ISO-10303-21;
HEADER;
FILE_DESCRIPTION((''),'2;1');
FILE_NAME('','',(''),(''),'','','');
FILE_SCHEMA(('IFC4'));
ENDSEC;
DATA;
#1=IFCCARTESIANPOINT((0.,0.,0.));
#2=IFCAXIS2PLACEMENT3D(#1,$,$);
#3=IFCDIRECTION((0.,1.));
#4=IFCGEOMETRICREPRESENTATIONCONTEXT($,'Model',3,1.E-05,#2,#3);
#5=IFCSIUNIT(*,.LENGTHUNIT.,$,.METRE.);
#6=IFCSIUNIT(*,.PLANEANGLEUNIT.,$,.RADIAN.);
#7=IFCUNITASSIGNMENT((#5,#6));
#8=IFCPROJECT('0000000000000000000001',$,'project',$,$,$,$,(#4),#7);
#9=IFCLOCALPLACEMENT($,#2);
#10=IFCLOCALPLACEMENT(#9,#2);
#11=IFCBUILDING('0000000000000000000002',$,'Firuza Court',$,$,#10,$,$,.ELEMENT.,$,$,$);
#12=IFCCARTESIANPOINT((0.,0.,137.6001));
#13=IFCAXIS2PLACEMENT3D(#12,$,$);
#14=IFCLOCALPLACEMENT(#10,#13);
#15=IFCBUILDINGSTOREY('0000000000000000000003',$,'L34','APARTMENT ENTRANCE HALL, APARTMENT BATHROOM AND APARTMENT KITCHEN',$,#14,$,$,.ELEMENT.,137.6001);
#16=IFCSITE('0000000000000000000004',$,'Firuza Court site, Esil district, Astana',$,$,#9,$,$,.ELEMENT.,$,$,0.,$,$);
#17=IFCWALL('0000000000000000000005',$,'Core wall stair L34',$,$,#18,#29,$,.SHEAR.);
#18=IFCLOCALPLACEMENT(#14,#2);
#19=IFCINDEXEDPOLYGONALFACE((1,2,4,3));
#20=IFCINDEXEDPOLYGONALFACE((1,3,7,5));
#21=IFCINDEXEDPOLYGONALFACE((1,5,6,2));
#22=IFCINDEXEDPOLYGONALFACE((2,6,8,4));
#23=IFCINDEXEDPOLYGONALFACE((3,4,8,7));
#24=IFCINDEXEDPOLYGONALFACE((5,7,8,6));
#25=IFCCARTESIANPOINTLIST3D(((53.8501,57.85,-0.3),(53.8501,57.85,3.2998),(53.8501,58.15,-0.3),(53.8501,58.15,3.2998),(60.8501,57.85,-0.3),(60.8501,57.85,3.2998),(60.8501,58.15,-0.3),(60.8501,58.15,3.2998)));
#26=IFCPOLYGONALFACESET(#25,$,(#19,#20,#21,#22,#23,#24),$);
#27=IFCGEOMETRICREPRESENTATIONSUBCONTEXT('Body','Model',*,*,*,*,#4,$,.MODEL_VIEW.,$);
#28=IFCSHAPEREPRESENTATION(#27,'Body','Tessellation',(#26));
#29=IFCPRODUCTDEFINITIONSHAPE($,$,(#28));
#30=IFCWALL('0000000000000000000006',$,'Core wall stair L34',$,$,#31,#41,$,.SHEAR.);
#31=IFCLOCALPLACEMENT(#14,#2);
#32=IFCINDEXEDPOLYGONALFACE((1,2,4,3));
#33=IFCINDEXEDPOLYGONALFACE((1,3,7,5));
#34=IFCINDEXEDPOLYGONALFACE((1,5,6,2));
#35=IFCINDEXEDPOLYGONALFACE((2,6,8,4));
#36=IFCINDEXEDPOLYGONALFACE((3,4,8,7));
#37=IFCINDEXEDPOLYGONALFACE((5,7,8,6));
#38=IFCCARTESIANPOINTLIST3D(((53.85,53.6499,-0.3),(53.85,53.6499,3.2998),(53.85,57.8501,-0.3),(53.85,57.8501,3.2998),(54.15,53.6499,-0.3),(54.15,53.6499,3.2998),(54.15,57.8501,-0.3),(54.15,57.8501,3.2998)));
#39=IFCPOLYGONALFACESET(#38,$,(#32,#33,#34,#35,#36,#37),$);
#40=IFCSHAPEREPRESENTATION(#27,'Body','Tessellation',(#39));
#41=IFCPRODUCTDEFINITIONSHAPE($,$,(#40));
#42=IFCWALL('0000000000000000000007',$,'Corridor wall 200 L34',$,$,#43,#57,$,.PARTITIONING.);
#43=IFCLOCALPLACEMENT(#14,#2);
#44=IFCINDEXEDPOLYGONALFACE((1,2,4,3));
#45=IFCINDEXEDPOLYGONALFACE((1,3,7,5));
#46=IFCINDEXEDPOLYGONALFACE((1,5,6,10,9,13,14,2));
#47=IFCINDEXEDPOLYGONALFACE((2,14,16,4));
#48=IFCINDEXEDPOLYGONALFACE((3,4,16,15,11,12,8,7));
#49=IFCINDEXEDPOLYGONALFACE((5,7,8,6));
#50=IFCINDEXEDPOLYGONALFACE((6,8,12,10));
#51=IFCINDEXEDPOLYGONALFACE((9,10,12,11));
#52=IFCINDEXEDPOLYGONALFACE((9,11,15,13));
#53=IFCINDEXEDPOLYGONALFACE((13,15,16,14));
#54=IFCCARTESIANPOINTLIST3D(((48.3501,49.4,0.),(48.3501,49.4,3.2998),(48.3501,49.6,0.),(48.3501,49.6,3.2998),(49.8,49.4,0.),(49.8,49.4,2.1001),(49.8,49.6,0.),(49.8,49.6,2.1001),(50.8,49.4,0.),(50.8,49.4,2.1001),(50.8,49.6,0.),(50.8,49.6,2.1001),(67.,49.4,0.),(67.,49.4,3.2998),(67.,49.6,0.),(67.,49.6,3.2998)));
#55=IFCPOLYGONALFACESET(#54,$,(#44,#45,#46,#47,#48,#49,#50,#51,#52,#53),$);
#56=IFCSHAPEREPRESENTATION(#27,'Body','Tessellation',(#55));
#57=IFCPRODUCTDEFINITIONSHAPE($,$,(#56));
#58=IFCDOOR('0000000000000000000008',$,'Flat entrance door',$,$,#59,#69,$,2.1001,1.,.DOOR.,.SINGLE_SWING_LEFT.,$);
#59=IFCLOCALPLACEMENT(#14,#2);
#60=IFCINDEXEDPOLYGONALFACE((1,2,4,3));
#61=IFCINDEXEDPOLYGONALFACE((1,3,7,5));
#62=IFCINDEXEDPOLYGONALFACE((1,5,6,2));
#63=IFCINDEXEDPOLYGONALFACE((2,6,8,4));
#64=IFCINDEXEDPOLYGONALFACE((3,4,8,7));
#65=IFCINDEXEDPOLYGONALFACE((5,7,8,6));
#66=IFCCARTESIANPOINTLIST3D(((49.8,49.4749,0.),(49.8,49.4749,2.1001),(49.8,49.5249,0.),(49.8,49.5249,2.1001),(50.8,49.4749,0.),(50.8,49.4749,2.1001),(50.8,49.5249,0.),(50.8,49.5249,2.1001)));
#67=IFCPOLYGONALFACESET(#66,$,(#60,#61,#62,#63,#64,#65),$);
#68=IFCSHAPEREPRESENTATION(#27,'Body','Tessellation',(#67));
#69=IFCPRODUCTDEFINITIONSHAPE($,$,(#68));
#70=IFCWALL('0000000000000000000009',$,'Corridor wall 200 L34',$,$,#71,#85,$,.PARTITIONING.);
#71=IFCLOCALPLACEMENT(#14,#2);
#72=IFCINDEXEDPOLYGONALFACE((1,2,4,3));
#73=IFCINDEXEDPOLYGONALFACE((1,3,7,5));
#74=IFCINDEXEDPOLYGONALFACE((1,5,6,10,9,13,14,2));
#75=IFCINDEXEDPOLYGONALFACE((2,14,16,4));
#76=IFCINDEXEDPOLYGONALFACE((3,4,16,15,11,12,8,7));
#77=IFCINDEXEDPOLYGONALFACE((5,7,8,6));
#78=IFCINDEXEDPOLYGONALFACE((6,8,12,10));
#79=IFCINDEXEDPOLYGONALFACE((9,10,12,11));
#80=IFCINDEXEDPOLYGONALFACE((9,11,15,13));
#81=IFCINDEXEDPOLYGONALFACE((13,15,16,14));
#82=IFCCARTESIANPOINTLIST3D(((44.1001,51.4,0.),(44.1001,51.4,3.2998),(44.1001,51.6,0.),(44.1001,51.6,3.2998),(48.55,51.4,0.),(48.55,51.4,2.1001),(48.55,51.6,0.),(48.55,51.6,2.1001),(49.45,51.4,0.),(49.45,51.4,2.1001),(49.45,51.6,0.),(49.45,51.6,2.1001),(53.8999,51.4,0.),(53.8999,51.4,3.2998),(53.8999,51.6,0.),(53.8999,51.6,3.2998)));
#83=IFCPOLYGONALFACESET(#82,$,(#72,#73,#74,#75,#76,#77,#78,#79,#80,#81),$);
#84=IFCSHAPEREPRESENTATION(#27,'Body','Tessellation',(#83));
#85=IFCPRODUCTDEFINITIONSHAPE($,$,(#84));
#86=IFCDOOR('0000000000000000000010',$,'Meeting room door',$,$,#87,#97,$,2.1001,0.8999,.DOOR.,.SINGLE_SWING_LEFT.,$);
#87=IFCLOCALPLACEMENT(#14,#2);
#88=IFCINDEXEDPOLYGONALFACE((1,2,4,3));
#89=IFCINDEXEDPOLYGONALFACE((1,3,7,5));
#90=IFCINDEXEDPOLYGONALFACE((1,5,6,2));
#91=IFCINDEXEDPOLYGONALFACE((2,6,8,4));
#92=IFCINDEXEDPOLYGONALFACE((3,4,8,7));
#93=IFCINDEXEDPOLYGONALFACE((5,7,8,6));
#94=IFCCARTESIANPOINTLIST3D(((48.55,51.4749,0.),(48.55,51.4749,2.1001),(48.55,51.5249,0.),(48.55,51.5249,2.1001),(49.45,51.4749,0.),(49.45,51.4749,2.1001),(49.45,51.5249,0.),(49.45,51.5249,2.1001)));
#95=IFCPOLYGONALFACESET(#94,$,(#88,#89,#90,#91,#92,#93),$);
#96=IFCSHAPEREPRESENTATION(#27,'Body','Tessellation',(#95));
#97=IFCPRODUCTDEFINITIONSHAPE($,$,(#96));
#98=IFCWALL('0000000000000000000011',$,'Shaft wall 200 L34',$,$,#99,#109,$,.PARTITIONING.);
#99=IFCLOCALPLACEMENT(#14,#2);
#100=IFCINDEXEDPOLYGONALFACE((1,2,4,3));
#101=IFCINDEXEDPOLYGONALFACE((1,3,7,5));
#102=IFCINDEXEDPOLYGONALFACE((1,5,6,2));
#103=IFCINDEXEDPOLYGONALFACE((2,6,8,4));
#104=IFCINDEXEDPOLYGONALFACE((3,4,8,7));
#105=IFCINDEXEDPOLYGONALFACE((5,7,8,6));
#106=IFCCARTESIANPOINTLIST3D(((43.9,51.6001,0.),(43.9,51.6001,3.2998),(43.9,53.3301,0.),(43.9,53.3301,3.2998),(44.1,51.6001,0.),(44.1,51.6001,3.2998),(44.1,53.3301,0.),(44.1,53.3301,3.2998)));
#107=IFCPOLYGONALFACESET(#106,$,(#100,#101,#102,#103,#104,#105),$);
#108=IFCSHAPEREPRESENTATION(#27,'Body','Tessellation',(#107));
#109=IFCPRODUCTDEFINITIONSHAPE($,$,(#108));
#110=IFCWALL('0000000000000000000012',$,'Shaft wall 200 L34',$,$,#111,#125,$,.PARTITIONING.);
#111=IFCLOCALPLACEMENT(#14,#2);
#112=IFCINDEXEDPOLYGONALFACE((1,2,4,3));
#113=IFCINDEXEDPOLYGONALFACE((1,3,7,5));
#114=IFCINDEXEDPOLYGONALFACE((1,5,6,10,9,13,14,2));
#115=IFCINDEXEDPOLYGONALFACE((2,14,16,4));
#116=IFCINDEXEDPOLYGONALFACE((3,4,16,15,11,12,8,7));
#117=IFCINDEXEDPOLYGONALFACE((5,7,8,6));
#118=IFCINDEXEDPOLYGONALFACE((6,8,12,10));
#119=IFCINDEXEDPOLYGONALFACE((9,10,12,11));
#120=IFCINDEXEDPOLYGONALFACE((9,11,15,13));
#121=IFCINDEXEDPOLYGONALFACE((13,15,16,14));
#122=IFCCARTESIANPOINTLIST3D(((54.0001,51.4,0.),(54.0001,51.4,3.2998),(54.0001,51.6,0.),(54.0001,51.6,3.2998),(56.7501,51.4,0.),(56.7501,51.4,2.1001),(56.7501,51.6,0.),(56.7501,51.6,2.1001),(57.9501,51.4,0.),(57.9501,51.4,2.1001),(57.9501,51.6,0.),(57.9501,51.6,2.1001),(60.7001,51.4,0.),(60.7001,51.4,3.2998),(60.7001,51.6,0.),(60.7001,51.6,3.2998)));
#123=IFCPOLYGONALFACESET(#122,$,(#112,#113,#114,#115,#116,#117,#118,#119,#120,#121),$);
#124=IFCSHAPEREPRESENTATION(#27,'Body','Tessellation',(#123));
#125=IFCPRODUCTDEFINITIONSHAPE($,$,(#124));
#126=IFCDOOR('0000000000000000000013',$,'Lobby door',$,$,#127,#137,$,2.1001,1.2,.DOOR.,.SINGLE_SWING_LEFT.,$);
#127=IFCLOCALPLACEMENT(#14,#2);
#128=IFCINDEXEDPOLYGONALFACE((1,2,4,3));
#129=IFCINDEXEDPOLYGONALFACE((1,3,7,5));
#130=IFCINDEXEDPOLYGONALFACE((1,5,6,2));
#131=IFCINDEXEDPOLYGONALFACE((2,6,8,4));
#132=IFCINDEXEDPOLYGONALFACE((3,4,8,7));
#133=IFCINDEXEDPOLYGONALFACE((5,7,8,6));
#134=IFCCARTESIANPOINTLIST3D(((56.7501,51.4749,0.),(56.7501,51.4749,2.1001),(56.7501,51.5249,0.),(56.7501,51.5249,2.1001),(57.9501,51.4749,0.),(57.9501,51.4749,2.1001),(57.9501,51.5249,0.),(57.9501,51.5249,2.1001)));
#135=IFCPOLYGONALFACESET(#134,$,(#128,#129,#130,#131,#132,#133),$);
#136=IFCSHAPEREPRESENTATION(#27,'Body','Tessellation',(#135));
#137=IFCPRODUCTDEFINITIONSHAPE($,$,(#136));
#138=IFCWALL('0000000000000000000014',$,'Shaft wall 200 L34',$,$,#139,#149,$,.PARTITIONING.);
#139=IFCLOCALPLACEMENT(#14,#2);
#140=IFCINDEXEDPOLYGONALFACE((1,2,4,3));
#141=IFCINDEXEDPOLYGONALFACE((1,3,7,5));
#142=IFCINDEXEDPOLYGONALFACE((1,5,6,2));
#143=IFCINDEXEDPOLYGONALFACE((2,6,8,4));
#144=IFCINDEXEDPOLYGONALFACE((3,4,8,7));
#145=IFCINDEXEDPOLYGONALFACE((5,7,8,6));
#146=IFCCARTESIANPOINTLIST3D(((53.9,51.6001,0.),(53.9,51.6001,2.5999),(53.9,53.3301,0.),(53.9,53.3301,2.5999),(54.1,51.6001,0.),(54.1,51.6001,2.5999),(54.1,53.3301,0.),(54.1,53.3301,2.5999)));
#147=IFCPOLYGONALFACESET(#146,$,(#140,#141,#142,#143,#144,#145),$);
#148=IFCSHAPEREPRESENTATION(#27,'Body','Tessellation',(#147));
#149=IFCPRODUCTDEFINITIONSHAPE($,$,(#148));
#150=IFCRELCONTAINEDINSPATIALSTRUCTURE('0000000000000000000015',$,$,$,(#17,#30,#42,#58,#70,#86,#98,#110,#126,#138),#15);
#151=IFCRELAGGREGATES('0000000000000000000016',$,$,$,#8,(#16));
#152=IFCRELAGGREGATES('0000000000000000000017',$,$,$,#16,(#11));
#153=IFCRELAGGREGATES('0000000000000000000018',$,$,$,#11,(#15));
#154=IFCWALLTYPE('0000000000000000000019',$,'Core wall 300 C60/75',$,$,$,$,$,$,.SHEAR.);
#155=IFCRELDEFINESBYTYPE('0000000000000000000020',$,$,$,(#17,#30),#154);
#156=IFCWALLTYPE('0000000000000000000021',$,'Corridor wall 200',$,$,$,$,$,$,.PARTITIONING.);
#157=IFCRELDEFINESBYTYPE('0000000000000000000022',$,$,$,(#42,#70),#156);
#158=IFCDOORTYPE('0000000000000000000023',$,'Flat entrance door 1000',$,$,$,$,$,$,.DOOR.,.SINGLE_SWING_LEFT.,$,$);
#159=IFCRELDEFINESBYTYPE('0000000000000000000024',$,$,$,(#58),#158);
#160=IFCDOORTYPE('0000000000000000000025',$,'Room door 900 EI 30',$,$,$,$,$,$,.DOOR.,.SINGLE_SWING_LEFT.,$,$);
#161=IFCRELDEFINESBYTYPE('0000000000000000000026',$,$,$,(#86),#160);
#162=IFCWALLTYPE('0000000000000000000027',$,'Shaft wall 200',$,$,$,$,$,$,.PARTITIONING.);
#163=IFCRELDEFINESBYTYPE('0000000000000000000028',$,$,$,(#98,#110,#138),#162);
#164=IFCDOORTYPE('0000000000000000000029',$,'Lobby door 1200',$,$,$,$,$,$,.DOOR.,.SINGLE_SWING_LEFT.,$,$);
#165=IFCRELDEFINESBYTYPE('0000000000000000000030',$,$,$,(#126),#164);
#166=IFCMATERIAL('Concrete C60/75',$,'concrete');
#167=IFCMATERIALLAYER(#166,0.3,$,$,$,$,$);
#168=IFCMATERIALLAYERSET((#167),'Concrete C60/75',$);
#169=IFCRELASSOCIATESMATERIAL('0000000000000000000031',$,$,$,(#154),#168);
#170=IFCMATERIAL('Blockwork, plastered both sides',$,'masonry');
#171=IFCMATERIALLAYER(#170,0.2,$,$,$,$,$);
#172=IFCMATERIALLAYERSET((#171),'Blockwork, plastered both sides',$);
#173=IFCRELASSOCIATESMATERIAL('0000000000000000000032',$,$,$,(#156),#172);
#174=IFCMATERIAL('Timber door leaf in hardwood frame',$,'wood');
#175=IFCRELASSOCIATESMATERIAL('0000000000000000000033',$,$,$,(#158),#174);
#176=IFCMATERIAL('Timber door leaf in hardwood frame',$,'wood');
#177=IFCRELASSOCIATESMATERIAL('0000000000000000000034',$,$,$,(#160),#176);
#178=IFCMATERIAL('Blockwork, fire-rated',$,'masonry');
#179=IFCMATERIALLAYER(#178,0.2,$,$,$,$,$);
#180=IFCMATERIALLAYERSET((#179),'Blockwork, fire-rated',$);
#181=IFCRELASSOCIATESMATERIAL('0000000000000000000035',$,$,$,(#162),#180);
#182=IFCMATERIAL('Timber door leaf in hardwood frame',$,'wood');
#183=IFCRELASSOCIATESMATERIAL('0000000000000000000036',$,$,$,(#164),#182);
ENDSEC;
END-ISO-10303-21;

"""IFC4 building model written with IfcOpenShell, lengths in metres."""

from ifc_helpers import new_model, si_unit, direction, frame, frame_2d, origin, place, context, subcontext, project, spatial, rectangle, extrude, material, layer, layer_set, type_object, element, fill, save


model = new_model("IFC4")

# Units and contexts
model_context = context("Model", 3, precision=1e-05, world=origin(), true_north=direction((0.0, 1.0)))
body_context = subcontext(model_context, "Body", "Model", "MODEL_VIEW")
ifc_project = project(units=[si_unit("LENGTHUNIT", "METRE"), si_unit("PLANEANGLEUNIT", "RADIAN")], contexts=[model_context])

# Site, building, storey
site_placement = place(None, origin())
site = spatial("IfcSite", under=ifc_project, at=site_placement, Name="Firuza Court site, Esil district, Astana", CompositionType="ELEMENT", RefElevation=0.0)
building_placement = place(site_placement, origin())
building = spatial("IfcBuilding", under=site, at=building_placement, Name="Firuza Court", CompositionType="ELEMENT")
storey_placement = place(building_placement, frame((0.0, 0.0, 137.6001)))
storey = spatial("IfcBuildingStorey", under=building, at=storey_placement, Name="L34", Description="APARTMENT ENTRANCE HALL, APARTMENT BATHROOM AND APARTMENT KITCHEN", CompositionType="ELEMENT", Elevation=137.6001)

# Shared definitions
ifc_material_1 = material(Name="Concrete C60/75", Category="concrete")
ifc_layer_1 = layer(ifc_material_1, 0.3)
ifc_layer_set_1 = layer_set([ifc_layer_1], Name="Concrete C60/75")
wall_type_1 = type_object("IfcWallType", Name="Core wall 300 C60/75", PredefinedType="SHEAR", material=ifc_layer_set_1)

# Walls
wall_1_placement = place(storey_placement, frame((53.8501, 58.0, -0.3), z_axis=(0.0, 0.0, 1.0), x_axis=(1.0, 0.0, 0.0)))
element("IfcWall", 1, at=wall_1_placement, inside=storey, type_object=wall_type_1, Name="Core wall stair L34", PredefinedType="SHEAR", context=body_context, shape_type="SweptSolid", body=[
    extrude(rectangle(XDim=7.0, YDim=0.3, at=frame_2d((3.5, 0.0))), origin(), (0.0, 0.0, 1.0), 3.5999),
])
wall_2_placement = place(storey_placement, frame((54.0, 53.6499, -0.3), z_axis=(0.0, 0.0, 1.0), x_axis=(0.0, 1.0, 0.0)))
element("IfcWall", 2, at=wall_2_placement, inside=storey, type_object=wall_type_1, Name="Core wall stair L34", PredefinedType="SHEAR", context=body_context, shape_type="SweptSolid", body=[
    extrude(rectangle(XDim=4.2002, YDim=0.3, at=frame_2d((2.1001, 0.0))), origin(), (0.0, 0.0, 1.0), 3.5999),
])

# Walls, openings, doors
ifc_material_2 = material(Name="Blockwork, plastered both sides", Category="masonry")
ifc_layer_2 = layer(ifc_material_2, 0.2)
ifc_layer_set_2 = layer_set([ifc_layer_2], Name="Blockwork, plastered both sides")
wall_type_2 = type_object("IfcWallType", Name="Corridor wall 200", PredefinedType="PARTITIONING", material=ifc_layer_set_2)
wall_3_placement = place(storey_placement, frame((48.3501, 49.5, 0.0), z_axis=(0.0, 0.0, 1.0), x_axis=(1.0, 0.0, 0.0)))
wall_3 = element("IfcWall", 3, at=wall_3_placement, inside=storey, type_object=wall_type_2, Name="Corridor wall 200 L34", PredefinedType="PARTITIONING", context=body_context, shape_type="SweptSolid", body=[
    extrude(rectangle(XDim=18.6499, YDim=0.2, at=frame_2d((9.325, 0.0))), origin(), (0.0, 0.0, 1.0), 3.2998),
])
opening_1_placement = place(wall_3_placement, frame((1.45, 0.0, 0.0)))
opening_1 = element("IfcOpeningElement", 4, at=opening_1_placement, cuts=wall_3, PredefinedType="OPENING", context=body_context, shape_type="SweptSolid", body=[
    extrude(rectangle(XDim=1.0, YDim=2.1001, at=frame_2d((0.5, 1.05))), frame((0.0, 0.1118, 0.0), z_axis=(0.0, -1.0, 0.0), x_axis=(1.0, 0.0, 0.0)), (0.0, 0.0, 1.0), 0.2239),
])
ifc_material_3 = material(Name="Timber door leaf in hardwood frame", Category="wood")
door_type_1 = type_object("IfcDoorType", Name="Flat entrance door 1000", OperationType="SINGLE_SWING_LEFT", PredefinedType="DOOR", material=ifc_material_3)
door_1_placement = place(opening_1_placement, origin())
door_1 = element("IfcDoor", 5, at=door_1_placement, inside=storey, type_object=door_type_1, Name="Flat entrance door", OperationType="SINGLE_SWING_LEFT", OverallHeight=2.1001, OverallWidth=1.0, PredefinedType="DOOR", context=body_context, shape_type="SweptSolid", body=[
    extrude(rectangle(XDim=1.0, YDim=2.1001, at=frame_2d((0.5, 1.05))), frame((0.0, 0.0249, 0.0), z_axis=(0.0, -1.0, 0.0), x_axis=(1.0, 0.0, 0.0)), (0.0, 0.0, 1.0), 0.05),
])
fill(opening_1, door_1)
wall_4_placement = place(storey_placement, frame((44.1001, 51.5, 0.0), z_axis=(0.0, 0.0, 1.0), x_axis=(1.0, 0.0, 0.0)))
wall_4 = element("IfcWall", 6, at=wall_4_placement, inside=storey, type_object=wall_type_2, Name="Corridor wall 200 L34", PredefinedType="PARTITIONING", context=body_context, shape_type="SweptSolid", body=[
    extrude(rectangle(XDim=9.7998, YDim=0.2, at=frame_2d((4.8999, 0.0))), origin(), (0.0, 0.0, 1.0), 3.2998),
])
opening_2_placement = place(wall_4_placement, frame((4.45, 0.0, 0.0)))
opening_2 = element("IfcOpeningElement", 7, at=opening_2_placement, cuts=wall_4, PredefinedType="OPENING", context=body_context, shape_type="SweptSolid", body=[
    extrude(rectangle(XDim=0.8999, YDim=2.1001, at=frame_2d((0.45, 1.05))), frame((0.0, 0.1118, 0.0), z_axis=(0.0, -1.0, 0.0), x_axis=(1.0, 0.0, 0.0)), (0.0, 0.0, 1.0), 0.2239),
])
ifc_material_4 = material(Name="Timber door leaf in hardwood frame", Category="wood")
door_type_2 = type_object("IfcDoorType", Name="Room door 900 EI 30", OperationType="SINGLE_SWING_LEFT", PredefinedType="DOOR", material=ifc_material_4)
door_2_placement = place(opening_2_placement, origin())
door_2 = element("IfcDoor", 8, at=door_2_placement, inside=storey, type_object=door_type_2, Name="Meeting room door", OperationType="SINGLE_SWING_LEFT", OverallHeight=2.1001, OverallWidth=0.8999, PredefinedType="DOOR", context=body_context, shape_type="SweptSolid", body=[
    extrude(rectangle(XDim=0.8999, YDim=2.1001, at=frame_2d((0.45, 1.05))), frame((0.0, 0.0249, 0.0), z_axis=(0.0, -1.0, 0.0), x_axis=(1.0, 0.0, 0.0)), (0.0, 0.0, 1.0), 0.05),
])
fill(opening_2, door_2)

# Wall
ifc_material_5 = material(Name="Blockwork, fire-rated", Category="masonry")
ifc_layer_3 = layer(ifc_material_5, 0.2)
ifc_layer_set_3 = layer_set([ifc_layer_3], Name="Blockwork, fire-rated")
wall_type_3 = type_object("IfcWallType", Name="Shaft wall 200", PredefinedType="PARTITIONING", material=ifc_layer_set_3)
wall_5_placement = place(storey_placement, frame((44.0, 51.6001, 0.0), z_axis=(0.0, 0.0, 1.0), x_axis=(0.0, 1.0, 0.0)))
element("IfcWall", 9, at=wall_5_placement, inside=storey, type_object=wall_type_3, Name="Shaft wall 200 L34", PredefinedType="PARTITIONING", context=body_context, shape_type="SweptSolid", body=[
    extrude(rectangle(XDim=1.73, YDim=0.2, at=frame_2d((0.865, 0.0))), origin(), (0.0, 0.0, 1.0), 3.2998),
])

# Wall, opening, door
wall_6_placement = place(storey_placement, frame((54.0, 51.5, 0.0), z_axis=(0.0, 0.0, 1.0), x_axis=(1.0, 0.0, 0.0)))
wall_6 = element("IfcWall", 10, at=wall_6_placement, inside=storey, type_object=wall_type_3, Name="Shaft wall 200 L34", PredefinedType="PARTITIONING", context=body_context, shape_type="SweptSolid", body=[
    extrude(rectangle(XDim=6.7, YDim=0.2, at=frame_2d((3.3501, 0.0))), origin(), (0.0, 0.0, 1.0), 3.2998),
])
opening_3_placement = place(wall_6_placement, frame((2.75, 0.0, 0.0)))
opening_3 = element("IfcOpeningElement", 11, at=opening_3_placement, cuts=wall_6, PredefinedType="OPENING", context=body_context, shape_type="SweptSolid", body=[
    extrude(rectangle(XDim=1.2, YDim=2.1001, at=frame_2d((0.6001, 1.05))), frame((0.0, 0.1118, 0.0), z_axis=(0.0, -1.0, 0.0), x_axis=(1.0, 0.0, 0.0)), (0.0, 0.0, 1.0), 0.2239),
])
ifc_material_6 = material(Name="Timber door leaf in hardwood frame", Category="wood")
door_type_3 = type_object("IfcDoorType", Name="Lobby door 1200", OperationType="SINGLE_SWING_LEFT", PredefinedType="DOOR", material=ifc_material_6)
door_3_placement = place(opening_3_placement, origin())
door_3 = element("IfcDoor", 12, at=door_3_placement, inside=storey, type_object=door_type_3, Name="Lobby door", OperationType="SINGLE_SWING_LEFT", OverallHeight=2.1001, OverallWidth=1.2, PredefinedType="DOOR", context=body_context, shape_type="SweptSolid", body=[
    extrude(rectangle(XDim=1.2, YDim=2.1001, at=frame_2d((0.6001, 1.05))), frame((0.0, 0.0249, 0.0), z_axis=(0.0, -1.0, 0.0), x_axis=(1.0, 0.0, 0.0)), (0.0, 0.0, 1.0), 0.05),
])
fill(opening_3, door_3)

# Wall
wall_7_placement = place(storey_placement, frame((54.0, 51.6001, 0.0), z_axis=(0.0, 0.0, 1.0), x_axis=(0.0, 1.0, 0.0)))
element("IfcWall", 13, at=wall_7_placement, inside=storey, type_object=wall_type_3, Name="Shaft wall 200 L34", PredefinedType="PARTITIONING", context=body_context, shape_type="SweptSolid", body=[
    extrude(rectangle(XDim=1.73, YDim=0.2, at=frame_2d((0.865, 0.0))), origin(), (0.0, 0.0, 1.0), 2.5999),
])

save(model, "model.ifc")
